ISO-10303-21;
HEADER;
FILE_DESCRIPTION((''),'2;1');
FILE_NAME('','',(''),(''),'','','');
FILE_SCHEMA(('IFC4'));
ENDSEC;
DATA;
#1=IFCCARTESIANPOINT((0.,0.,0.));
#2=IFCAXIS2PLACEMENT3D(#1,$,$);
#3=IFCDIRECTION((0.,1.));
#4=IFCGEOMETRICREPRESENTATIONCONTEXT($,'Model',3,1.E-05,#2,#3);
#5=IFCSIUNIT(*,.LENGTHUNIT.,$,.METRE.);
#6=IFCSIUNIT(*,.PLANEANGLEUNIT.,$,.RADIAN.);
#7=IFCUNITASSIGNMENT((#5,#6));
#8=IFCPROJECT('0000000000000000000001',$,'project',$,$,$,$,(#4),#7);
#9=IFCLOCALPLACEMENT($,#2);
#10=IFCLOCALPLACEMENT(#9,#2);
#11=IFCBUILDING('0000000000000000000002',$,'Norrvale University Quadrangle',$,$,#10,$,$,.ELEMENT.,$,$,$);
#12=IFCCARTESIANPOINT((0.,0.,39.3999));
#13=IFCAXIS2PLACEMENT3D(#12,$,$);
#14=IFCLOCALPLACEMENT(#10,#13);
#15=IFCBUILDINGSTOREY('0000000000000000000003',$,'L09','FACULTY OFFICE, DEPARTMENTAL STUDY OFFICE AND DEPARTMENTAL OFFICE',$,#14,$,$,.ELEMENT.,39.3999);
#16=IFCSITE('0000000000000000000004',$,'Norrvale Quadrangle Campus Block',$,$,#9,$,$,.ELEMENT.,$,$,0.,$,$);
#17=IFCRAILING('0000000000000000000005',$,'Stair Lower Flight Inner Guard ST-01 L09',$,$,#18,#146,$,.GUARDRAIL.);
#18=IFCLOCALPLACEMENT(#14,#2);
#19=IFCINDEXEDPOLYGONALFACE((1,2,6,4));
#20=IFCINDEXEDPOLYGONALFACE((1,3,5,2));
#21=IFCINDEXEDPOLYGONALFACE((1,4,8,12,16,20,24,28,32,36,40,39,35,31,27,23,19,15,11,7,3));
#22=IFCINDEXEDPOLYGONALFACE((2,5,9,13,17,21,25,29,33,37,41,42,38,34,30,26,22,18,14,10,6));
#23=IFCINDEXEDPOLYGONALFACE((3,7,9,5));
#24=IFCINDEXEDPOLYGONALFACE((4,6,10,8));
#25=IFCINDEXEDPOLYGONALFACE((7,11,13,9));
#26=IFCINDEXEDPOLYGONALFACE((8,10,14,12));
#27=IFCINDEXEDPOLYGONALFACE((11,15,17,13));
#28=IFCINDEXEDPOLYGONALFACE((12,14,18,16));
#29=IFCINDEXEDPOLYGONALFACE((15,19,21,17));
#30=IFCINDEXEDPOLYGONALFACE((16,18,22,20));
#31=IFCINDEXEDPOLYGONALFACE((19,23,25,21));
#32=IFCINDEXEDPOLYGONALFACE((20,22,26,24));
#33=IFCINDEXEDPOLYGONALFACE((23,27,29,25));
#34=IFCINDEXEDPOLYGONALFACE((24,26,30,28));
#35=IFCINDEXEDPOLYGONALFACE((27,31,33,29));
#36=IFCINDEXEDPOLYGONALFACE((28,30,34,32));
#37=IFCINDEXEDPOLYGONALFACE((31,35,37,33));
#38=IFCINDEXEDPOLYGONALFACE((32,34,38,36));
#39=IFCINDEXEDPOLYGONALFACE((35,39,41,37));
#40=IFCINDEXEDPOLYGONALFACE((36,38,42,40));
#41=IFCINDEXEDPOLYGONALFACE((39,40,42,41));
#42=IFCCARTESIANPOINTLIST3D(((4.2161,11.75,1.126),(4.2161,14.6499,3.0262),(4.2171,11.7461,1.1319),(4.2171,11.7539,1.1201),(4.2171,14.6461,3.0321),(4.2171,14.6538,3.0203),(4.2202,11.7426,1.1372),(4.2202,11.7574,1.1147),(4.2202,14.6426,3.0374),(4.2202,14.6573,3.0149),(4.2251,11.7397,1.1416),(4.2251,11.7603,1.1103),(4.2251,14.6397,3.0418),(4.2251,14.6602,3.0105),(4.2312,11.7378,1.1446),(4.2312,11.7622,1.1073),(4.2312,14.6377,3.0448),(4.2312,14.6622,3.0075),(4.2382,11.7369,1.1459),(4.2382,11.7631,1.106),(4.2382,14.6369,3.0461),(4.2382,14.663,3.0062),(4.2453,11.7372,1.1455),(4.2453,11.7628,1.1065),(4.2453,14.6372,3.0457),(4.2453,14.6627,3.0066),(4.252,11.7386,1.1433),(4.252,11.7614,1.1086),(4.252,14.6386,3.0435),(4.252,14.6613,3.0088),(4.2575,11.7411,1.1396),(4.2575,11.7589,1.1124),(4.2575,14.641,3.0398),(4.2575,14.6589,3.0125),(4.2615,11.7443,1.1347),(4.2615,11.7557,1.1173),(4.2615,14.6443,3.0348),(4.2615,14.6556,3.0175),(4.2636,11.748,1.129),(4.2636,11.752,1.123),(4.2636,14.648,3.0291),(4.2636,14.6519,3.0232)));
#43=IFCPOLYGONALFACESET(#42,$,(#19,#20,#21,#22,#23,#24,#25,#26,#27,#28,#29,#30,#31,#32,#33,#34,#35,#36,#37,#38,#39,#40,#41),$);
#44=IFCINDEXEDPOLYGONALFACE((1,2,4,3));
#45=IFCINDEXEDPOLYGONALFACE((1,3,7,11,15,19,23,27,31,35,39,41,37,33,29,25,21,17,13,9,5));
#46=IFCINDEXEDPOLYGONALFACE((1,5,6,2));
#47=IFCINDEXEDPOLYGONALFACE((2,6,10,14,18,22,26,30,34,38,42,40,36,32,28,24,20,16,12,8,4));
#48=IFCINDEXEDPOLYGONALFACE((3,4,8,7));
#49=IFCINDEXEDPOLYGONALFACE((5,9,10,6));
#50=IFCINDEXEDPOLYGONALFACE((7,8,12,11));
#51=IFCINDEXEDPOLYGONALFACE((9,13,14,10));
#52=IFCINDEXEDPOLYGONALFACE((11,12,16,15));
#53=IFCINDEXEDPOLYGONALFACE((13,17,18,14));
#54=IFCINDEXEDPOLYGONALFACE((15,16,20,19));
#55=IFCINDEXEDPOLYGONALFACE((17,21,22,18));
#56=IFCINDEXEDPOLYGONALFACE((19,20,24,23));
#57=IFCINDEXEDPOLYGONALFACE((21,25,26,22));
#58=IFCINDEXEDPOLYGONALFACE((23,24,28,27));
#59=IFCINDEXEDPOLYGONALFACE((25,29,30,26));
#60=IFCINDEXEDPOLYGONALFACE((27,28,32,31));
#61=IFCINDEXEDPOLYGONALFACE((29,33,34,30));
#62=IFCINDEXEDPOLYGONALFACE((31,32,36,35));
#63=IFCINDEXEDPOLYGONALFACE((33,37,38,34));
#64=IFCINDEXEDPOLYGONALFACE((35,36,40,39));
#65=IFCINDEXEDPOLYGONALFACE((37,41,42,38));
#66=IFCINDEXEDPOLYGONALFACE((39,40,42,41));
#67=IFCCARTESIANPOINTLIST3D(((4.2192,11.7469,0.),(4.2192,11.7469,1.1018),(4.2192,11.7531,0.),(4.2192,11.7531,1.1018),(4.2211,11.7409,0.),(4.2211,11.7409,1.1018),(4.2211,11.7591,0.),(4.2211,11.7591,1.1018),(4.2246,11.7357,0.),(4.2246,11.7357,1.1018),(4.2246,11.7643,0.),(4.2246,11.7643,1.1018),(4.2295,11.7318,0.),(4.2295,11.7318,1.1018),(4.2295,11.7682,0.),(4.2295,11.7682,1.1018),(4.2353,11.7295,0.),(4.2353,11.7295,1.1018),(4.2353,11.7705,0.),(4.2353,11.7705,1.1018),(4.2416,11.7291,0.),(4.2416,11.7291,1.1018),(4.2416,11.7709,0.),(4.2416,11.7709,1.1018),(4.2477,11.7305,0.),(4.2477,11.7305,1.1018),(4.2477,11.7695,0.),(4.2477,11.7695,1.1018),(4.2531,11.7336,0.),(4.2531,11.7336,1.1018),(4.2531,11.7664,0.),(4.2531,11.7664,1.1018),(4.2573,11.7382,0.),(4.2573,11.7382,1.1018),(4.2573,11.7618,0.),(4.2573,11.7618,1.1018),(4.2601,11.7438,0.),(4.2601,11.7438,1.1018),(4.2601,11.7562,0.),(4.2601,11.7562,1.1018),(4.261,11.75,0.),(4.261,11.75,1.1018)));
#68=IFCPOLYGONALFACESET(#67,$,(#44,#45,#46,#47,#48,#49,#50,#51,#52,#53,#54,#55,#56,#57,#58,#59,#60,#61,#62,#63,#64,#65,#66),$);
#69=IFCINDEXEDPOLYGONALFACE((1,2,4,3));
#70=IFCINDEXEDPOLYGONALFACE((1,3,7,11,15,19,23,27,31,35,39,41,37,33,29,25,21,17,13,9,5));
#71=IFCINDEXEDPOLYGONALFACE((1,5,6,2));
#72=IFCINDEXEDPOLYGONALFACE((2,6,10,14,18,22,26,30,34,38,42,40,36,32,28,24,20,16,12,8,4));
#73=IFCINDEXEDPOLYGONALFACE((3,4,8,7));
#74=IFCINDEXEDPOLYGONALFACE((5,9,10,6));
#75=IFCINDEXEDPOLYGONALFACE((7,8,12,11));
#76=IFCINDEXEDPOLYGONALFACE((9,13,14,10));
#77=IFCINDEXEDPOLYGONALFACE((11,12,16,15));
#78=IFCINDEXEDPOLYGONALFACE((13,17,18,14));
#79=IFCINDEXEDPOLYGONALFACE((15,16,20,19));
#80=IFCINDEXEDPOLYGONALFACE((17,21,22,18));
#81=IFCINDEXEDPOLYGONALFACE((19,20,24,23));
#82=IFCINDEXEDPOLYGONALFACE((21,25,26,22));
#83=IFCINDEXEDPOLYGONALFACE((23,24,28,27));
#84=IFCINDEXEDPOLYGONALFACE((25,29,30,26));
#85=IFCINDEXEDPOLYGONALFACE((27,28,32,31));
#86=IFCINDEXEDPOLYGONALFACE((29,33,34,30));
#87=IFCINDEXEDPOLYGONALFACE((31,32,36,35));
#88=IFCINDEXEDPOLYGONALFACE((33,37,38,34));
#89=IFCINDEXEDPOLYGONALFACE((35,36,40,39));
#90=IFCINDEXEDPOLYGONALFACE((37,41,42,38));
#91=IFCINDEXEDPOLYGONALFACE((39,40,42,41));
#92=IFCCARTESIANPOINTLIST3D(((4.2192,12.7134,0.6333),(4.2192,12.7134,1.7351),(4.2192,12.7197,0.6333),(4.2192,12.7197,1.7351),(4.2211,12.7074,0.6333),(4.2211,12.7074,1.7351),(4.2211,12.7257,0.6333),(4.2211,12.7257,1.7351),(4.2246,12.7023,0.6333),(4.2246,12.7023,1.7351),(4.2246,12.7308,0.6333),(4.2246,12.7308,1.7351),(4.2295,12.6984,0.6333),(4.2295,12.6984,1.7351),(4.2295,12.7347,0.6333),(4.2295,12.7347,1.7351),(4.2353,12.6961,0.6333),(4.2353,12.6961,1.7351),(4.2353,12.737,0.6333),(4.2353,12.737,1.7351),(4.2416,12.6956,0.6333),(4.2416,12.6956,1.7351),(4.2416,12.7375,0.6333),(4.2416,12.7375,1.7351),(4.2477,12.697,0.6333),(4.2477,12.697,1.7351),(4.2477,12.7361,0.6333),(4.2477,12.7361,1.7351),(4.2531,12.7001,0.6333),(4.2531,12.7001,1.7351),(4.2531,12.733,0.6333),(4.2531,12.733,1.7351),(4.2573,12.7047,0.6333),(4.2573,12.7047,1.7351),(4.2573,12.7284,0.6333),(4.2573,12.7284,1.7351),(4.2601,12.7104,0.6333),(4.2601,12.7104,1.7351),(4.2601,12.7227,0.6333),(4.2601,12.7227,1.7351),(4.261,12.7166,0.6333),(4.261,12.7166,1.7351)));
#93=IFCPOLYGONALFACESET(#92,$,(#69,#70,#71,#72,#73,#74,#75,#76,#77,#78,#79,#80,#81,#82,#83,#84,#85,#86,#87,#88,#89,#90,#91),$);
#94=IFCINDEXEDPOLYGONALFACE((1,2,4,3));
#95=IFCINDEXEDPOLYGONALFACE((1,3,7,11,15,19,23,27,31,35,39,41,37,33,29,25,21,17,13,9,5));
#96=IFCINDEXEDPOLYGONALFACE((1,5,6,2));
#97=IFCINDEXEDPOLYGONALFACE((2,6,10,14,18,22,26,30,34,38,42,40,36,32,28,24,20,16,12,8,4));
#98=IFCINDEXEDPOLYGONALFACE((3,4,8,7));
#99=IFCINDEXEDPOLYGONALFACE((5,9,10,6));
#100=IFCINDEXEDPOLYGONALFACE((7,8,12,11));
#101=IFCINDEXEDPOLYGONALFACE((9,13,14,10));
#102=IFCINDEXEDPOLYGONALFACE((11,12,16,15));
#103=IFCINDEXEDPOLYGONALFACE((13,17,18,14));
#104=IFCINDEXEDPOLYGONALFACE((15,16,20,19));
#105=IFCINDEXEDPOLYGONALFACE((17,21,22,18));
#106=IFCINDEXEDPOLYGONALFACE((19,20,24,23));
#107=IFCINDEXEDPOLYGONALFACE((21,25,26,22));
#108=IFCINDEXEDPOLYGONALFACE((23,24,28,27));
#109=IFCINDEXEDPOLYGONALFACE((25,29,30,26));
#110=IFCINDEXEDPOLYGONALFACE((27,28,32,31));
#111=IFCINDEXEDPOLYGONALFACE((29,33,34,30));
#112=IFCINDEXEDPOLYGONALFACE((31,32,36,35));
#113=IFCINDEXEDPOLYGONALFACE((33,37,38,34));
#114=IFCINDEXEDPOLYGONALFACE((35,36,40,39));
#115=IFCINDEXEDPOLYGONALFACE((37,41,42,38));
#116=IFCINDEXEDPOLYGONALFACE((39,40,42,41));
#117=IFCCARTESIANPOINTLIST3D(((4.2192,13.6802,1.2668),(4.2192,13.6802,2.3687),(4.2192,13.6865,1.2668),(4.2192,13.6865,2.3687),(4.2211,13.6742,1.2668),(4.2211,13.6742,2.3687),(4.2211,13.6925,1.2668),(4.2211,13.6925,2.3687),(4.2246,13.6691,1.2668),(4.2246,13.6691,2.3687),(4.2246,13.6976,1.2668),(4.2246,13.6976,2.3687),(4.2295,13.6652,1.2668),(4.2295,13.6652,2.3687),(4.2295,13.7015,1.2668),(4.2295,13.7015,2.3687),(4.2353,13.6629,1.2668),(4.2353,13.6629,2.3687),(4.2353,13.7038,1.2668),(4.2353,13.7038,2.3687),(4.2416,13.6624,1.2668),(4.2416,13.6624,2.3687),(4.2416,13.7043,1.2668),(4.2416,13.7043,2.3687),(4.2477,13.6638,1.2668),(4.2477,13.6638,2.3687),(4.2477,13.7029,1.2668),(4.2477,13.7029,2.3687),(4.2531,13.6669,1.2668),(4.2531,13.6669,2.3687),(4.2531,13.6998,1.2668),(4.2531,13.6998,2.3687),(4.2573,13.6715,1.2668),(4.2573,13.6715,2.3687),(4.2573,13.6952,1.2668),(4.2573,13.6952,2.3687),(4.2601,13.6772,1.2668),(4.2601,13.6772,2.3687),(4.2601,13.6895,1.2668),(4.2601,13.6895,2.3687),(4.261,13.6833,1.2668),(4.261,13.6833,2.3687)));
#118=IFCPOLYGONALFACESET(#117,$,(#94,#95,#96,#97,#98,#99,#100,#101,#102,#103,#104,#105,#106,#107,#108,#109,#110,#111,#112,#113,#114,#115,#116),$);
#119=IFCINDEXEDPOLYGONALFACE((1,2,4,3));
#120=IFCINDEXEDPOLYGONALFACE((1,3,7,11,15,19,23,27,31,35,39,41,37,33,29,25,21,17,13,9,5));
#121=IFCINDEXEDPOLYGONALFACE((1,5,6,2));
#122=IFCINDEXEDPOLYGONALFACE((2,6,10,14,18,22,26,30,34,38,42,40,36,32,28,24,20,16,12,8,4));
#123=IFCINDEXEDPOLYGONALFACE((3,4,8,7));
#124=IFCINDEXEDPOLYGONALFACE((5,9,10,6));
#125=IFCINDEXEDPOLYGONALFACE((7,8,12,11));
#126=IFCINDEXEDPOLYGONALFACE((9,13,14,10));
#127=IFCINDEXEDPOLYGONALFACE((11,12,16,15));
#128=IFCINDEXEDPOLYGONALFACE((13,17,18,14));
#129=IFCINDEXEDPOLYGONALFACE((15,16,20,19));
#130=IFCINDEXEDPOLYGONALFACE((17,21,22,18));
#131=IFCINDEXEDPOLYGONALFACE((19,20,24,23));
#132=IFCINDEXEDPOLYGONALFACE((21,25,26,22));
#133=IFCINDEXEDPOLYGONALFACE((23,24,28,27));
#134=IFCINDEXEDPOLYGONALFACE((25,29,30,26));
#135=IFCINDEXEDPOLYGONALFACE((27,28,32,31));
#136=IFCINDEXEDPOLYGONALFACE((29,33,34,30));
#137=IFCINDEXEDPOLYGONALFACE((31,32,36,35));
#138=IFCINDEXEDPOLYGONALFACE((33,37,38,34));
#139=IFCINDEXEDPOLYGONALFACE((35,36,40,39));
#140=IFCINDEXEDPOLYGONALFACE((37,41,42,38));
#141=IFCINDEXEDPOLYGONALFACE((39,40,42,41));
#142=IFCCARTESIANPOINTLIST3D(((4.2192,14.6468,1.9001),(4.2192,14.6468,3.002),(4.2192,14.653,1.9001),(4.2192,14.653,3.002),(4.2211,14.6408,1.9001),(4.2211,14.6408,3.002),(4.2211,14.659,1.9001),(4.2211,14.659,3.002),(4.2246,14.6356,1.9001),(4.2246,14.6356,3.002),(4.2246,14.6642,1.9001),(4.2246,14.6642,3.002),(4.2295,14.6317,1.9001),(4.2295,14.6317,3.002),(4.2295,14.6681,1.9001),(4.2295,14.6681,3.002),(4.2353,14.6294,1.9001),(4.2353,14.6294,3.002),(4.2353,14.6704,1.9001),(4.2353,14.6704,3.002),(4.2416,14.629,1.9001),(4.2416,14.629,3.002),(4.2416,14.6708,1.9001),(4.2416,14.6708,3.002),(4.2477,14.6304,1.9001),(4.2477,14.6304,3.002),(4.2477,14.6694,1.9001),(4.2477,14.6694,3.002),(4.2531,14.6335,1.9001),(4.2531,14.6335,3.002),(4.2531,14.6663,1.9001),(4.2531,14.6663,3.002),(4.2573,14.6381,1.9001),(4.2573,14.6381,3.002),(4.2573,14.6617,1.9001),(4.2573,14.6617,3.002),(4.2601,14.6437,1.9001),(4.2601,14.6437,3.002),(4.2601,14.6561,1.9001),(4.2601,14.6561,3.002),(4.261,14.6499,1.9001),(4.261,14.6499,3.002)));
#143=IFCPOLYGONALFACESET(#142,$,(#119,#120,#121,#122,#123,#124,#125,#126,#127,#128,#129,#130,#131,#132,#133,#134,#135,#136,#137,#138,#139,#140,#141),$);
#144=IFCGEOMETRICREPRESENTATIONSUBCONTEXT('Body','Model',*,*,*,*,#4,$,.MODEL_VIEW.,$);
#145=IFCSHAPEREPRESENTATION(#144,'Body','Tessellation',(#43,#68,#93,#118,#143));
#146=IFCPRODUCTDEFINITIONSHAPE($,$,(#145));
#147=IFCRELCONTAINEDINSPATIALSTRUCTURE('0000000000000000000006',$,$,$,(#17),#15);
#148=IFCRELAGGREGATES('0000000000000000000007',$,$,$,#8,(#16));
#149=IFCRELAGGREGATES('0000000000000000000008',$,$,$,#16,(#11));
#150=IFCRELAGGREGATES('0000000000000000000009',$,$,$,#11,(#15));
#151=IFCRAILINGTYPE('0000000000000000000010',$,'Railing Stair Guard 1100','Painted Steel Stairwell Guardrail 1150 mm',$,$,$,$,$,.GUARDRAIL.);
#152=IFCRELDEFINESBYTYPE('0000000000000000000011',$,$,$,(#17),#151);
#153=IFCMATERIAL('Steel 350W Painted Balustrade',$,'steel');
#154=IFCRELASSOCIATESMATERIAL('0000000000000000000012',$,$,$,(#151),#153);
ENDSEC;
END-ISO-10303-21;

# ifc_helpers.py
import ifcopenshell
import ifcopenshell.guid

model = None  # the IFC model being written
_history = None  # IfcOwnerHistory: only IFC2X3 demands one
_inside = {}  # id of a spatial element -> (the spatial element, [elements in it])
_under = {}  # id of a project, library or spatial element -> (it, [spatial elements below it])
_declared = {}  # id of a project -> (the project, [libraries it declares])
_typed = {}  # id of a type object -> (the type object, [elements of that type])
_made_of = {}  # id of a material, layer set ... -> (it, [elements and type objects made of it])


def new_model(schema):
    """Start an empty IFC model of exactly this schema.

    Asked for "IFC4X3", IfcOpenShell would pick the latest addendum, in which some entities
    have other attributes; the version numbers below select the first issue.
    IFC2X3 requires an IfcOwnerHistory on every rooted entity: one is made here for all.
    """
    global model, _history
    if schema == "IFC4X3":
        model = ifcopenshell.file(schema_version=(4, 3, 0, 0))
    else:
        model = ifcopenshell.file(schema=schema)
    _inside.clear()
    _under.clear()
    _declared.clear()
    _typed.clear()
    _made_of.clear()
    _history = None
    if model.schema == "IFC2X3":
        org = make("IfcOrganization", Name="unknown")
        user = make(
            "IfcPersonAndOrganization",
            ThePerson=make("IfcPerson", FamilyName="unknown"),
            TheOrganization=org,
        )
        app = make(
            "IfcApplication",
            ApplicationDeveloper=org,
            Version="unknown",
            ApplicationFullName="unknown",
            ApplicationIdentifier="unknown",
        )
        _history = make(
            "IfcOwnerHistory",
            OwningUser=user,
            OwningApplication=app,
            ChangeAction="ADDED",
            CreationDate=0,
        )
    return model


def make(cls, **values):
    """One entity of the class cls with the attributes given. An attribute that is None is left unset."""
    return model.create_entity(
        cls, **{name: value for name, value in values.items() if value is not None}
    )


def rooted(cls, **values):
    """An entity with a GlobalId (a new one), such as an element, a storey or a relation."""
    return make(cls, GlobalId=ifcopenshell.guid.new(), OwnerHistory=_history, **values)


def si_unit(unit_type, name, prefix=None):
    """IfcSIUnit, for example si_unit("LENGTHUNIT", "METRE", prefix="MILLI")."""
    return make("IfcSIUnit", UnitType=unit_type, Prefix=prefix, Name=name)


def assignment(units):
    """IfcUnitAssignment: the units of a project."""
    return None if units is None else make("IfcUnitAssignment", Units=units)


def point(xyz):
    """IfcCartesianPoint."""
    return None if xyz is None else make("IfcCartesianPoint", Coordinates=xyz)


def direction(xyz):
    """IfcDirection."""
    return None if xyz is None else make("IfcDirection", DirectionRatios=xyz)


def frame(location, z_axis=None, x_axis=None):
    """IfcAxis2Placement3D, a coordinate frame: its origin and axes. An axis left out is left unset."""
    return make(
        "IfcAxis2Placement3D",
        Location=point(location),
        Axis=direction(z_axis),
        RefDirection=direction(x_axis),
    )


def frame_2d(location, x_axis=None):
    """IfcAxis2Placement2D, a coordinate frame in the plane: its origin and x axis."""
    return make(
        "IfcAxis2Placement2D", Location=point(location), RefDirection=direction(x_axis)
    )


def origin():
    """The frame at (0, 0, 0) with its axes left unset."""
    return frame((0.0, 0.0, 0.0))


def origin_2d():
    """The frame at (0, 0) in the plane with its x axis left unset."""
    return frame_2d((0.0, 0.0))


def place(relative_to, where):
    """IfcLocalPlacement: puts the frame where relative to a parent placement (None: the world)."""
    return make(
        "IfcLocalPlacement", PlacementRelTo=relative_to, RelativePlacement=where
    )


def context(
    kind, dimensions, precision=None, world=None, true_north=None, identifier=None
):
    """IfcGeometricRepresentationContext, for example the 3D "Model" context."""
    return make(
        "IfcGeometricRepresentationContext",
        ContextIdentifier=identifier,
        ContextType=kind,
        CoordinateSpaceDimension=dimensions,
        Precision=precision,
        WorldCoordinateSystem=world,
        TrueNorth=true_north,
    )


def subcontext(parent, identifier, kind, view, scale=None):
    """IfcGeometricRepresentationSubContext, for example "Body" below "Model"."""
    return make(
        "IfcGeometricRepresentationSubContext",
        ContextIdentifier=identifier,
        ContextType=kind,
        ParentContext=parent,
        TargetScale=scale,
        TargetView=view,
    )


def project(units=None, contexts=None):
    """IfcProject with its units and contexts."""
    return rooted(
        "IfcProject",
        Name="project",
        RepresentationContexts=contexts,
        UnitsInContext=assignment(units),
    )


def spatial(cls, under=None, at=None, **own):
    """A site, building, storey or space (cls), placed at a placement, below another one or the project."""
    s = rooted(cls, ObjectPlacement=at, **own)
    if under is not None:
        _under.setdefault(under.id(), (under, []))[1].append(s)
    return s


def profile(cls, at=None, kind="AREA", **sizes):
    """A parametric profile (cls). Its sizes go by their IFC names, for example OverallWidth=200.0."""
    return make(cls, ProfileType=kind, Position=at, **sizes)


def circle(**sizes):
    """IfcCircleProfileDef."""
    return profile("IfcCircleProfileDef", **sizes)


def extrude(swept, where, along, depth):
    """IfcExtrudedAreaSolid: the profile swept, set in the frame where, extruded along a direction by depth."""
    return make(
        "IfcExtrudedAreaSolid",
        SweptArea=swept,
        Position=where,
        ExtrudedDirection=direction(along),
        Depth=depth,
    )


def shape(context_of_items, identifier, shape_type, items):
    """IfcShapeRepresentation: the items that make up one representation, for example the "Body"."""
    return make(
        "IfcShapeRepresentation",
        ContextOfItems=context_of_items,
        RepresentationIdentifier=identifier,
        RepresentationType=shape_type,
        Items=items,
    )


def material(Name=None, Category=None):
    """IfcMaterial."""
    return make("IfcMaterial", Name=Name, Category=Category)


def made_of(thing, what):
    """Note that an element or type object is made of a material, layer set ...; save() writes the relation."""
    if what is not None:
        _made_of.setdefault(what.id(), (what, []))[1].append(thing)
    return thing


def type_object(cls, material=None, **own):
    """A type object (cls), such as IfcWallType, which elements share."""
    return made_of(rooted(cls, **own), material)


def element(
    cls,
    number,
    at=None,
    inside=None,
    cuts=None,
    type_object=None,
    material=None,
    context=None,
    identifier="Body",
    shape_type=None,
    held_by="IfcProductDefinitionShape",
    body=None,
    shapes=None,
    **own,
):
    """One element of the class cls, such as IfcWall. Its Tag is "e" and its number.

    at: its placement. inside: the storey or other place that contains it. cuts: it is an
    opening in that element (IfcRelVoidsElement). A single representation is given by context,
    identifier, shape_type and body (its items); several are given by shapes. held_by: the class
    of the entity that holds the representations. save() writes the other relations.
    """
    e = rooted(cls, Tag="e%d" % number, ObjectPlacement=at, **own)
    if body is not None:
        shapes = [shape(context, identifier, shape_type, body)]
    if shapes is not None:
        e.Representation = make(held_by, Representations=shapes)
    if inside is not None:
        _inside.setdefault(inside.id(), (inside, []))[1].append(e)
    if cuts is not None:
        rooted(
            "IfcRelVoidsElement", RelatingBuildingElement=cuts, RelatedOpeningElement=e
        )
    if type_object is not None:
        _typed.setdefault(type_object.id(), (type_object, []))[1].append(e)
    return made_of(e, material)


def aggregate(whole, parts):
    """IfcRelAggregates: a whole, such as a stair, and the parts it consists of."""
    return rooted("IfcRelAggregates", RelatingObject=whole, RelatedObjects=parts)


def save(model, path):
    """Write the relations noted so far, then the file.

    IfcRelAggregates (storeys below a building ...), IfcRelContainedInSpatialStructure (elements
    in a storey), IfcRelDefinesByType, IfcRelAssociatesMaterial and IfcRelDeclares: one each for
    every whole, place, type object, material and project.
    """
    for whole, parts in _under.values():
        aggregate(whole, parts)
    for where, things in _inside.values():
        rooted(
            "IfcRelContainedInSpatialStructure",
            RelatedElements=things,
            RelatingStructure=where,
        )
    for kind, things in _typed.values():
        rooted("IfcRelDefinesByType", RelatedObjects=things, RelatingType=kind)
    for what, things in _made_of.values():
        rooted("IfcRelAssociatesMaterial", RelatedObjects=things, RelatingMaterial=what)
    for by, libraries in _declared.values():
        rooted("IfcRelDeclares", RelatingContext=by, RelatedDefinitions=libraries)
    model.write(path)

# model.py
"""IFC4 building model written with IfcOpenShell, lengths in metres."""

from ifc_helpers import new_model, si_unit, direction, frame, origin, origin_2d, place, context, subcontext, project, spatial, circle, extrude, material, type_object, element, save


model = new_model("IFC4")

# Units and contexts
model_context = context("Model", 3, precision=1e-05, world=origin(), true_north=direction((0.0, 1.0)))
body_context = subcontext(model_context, "Body", "Model", "MODEL_VIEW")
ifc_project = project(units=[si_unit("LENGTHUNIT", "METRE"), si_unit("PLANEANGLEUNIT", "RADIAN")], contexts=[model_context])

# Site, building, storey
site_placement = place(None, origin())
site = spatial("IfcSite", under=ifc_project, at=site_placement, Name="Norrvale Quadrangle Campus Block", CompositionType="ELEMENT", RefElevation=0.0)
building_placement = place(site_placement, origin())
building = spatial("IfcBuilding", under=site, at=building_placement, Name="Norrvale University Quadrangle", CompositionType="ELEMENT")
storey_placement = place(building_placement, frame((0.0, 0.0, 39.3999)))
storey = spatial("IfcBuildingStorey", under=building, at=storey_placement, Name="L09", Description="FACULTY OFFICE, DEPARTMENTAL STUDY OFFICE AND DEPARTMENTAL OFFICE", CompositionType="ELEMENT", Elevation=39.3999)

# Railing
ifc_material_1 = material(Name="Steel 350W Painted Balustrade", Category="steel")
railing_type_1 = type_object("IfcRailingType", Name="Railing Stair Guard 1100", Description="Painted Steel Stairwell Guardrail 1150 mm", PredefinedType="GUARDRAIL", material=ifc_material_1)
railing_1_placement = place(storey_placement, frame((4.24, 11.75, 0.0)))
element("IfcRailing", 1, at=railing_1_placement, inside=storey, type_object=railing_type_1, Name="Stair Lower Flight Inner Guard ST-01 L09", PredefinedType="GUARDRAIL", context=body_context, shape_type="SweptSolid", body=[
    extrude(circle(Radius=0.0239, at=origin_2d()), frame((0.0, 0.0, 1.126), z_axis=(0.0, 0.836433, 0.548069), x_axis=(-1.0, 0.0, 0.0)), (0.0, 0.0, 1.0), 3.467),
    extrude(circle(Radius=0.021, at=origin_2d()), origin(), (0.0, 0.0, 1.0), 1.1018),
    extrude(circle(Radius=0.021, at=origin_2d()), frame((0.0, 0.9666, 0.6333)), (0.0, 0.0, 1.0), 1.1018),
    extrude(circle(Radius=0.021, at=origin_2d()), frame((0.0, 1.9333, 1.2668)), (0.0, 0.0, 1.0), 1.1018),
    extrude(circle(Radius=0.021, at=origin_2d()), frame((0.0, 2.8999, 1.9001)), (0.0, 0.0, 1.0), 1.1018),
])

save(model, "model.ifc")
